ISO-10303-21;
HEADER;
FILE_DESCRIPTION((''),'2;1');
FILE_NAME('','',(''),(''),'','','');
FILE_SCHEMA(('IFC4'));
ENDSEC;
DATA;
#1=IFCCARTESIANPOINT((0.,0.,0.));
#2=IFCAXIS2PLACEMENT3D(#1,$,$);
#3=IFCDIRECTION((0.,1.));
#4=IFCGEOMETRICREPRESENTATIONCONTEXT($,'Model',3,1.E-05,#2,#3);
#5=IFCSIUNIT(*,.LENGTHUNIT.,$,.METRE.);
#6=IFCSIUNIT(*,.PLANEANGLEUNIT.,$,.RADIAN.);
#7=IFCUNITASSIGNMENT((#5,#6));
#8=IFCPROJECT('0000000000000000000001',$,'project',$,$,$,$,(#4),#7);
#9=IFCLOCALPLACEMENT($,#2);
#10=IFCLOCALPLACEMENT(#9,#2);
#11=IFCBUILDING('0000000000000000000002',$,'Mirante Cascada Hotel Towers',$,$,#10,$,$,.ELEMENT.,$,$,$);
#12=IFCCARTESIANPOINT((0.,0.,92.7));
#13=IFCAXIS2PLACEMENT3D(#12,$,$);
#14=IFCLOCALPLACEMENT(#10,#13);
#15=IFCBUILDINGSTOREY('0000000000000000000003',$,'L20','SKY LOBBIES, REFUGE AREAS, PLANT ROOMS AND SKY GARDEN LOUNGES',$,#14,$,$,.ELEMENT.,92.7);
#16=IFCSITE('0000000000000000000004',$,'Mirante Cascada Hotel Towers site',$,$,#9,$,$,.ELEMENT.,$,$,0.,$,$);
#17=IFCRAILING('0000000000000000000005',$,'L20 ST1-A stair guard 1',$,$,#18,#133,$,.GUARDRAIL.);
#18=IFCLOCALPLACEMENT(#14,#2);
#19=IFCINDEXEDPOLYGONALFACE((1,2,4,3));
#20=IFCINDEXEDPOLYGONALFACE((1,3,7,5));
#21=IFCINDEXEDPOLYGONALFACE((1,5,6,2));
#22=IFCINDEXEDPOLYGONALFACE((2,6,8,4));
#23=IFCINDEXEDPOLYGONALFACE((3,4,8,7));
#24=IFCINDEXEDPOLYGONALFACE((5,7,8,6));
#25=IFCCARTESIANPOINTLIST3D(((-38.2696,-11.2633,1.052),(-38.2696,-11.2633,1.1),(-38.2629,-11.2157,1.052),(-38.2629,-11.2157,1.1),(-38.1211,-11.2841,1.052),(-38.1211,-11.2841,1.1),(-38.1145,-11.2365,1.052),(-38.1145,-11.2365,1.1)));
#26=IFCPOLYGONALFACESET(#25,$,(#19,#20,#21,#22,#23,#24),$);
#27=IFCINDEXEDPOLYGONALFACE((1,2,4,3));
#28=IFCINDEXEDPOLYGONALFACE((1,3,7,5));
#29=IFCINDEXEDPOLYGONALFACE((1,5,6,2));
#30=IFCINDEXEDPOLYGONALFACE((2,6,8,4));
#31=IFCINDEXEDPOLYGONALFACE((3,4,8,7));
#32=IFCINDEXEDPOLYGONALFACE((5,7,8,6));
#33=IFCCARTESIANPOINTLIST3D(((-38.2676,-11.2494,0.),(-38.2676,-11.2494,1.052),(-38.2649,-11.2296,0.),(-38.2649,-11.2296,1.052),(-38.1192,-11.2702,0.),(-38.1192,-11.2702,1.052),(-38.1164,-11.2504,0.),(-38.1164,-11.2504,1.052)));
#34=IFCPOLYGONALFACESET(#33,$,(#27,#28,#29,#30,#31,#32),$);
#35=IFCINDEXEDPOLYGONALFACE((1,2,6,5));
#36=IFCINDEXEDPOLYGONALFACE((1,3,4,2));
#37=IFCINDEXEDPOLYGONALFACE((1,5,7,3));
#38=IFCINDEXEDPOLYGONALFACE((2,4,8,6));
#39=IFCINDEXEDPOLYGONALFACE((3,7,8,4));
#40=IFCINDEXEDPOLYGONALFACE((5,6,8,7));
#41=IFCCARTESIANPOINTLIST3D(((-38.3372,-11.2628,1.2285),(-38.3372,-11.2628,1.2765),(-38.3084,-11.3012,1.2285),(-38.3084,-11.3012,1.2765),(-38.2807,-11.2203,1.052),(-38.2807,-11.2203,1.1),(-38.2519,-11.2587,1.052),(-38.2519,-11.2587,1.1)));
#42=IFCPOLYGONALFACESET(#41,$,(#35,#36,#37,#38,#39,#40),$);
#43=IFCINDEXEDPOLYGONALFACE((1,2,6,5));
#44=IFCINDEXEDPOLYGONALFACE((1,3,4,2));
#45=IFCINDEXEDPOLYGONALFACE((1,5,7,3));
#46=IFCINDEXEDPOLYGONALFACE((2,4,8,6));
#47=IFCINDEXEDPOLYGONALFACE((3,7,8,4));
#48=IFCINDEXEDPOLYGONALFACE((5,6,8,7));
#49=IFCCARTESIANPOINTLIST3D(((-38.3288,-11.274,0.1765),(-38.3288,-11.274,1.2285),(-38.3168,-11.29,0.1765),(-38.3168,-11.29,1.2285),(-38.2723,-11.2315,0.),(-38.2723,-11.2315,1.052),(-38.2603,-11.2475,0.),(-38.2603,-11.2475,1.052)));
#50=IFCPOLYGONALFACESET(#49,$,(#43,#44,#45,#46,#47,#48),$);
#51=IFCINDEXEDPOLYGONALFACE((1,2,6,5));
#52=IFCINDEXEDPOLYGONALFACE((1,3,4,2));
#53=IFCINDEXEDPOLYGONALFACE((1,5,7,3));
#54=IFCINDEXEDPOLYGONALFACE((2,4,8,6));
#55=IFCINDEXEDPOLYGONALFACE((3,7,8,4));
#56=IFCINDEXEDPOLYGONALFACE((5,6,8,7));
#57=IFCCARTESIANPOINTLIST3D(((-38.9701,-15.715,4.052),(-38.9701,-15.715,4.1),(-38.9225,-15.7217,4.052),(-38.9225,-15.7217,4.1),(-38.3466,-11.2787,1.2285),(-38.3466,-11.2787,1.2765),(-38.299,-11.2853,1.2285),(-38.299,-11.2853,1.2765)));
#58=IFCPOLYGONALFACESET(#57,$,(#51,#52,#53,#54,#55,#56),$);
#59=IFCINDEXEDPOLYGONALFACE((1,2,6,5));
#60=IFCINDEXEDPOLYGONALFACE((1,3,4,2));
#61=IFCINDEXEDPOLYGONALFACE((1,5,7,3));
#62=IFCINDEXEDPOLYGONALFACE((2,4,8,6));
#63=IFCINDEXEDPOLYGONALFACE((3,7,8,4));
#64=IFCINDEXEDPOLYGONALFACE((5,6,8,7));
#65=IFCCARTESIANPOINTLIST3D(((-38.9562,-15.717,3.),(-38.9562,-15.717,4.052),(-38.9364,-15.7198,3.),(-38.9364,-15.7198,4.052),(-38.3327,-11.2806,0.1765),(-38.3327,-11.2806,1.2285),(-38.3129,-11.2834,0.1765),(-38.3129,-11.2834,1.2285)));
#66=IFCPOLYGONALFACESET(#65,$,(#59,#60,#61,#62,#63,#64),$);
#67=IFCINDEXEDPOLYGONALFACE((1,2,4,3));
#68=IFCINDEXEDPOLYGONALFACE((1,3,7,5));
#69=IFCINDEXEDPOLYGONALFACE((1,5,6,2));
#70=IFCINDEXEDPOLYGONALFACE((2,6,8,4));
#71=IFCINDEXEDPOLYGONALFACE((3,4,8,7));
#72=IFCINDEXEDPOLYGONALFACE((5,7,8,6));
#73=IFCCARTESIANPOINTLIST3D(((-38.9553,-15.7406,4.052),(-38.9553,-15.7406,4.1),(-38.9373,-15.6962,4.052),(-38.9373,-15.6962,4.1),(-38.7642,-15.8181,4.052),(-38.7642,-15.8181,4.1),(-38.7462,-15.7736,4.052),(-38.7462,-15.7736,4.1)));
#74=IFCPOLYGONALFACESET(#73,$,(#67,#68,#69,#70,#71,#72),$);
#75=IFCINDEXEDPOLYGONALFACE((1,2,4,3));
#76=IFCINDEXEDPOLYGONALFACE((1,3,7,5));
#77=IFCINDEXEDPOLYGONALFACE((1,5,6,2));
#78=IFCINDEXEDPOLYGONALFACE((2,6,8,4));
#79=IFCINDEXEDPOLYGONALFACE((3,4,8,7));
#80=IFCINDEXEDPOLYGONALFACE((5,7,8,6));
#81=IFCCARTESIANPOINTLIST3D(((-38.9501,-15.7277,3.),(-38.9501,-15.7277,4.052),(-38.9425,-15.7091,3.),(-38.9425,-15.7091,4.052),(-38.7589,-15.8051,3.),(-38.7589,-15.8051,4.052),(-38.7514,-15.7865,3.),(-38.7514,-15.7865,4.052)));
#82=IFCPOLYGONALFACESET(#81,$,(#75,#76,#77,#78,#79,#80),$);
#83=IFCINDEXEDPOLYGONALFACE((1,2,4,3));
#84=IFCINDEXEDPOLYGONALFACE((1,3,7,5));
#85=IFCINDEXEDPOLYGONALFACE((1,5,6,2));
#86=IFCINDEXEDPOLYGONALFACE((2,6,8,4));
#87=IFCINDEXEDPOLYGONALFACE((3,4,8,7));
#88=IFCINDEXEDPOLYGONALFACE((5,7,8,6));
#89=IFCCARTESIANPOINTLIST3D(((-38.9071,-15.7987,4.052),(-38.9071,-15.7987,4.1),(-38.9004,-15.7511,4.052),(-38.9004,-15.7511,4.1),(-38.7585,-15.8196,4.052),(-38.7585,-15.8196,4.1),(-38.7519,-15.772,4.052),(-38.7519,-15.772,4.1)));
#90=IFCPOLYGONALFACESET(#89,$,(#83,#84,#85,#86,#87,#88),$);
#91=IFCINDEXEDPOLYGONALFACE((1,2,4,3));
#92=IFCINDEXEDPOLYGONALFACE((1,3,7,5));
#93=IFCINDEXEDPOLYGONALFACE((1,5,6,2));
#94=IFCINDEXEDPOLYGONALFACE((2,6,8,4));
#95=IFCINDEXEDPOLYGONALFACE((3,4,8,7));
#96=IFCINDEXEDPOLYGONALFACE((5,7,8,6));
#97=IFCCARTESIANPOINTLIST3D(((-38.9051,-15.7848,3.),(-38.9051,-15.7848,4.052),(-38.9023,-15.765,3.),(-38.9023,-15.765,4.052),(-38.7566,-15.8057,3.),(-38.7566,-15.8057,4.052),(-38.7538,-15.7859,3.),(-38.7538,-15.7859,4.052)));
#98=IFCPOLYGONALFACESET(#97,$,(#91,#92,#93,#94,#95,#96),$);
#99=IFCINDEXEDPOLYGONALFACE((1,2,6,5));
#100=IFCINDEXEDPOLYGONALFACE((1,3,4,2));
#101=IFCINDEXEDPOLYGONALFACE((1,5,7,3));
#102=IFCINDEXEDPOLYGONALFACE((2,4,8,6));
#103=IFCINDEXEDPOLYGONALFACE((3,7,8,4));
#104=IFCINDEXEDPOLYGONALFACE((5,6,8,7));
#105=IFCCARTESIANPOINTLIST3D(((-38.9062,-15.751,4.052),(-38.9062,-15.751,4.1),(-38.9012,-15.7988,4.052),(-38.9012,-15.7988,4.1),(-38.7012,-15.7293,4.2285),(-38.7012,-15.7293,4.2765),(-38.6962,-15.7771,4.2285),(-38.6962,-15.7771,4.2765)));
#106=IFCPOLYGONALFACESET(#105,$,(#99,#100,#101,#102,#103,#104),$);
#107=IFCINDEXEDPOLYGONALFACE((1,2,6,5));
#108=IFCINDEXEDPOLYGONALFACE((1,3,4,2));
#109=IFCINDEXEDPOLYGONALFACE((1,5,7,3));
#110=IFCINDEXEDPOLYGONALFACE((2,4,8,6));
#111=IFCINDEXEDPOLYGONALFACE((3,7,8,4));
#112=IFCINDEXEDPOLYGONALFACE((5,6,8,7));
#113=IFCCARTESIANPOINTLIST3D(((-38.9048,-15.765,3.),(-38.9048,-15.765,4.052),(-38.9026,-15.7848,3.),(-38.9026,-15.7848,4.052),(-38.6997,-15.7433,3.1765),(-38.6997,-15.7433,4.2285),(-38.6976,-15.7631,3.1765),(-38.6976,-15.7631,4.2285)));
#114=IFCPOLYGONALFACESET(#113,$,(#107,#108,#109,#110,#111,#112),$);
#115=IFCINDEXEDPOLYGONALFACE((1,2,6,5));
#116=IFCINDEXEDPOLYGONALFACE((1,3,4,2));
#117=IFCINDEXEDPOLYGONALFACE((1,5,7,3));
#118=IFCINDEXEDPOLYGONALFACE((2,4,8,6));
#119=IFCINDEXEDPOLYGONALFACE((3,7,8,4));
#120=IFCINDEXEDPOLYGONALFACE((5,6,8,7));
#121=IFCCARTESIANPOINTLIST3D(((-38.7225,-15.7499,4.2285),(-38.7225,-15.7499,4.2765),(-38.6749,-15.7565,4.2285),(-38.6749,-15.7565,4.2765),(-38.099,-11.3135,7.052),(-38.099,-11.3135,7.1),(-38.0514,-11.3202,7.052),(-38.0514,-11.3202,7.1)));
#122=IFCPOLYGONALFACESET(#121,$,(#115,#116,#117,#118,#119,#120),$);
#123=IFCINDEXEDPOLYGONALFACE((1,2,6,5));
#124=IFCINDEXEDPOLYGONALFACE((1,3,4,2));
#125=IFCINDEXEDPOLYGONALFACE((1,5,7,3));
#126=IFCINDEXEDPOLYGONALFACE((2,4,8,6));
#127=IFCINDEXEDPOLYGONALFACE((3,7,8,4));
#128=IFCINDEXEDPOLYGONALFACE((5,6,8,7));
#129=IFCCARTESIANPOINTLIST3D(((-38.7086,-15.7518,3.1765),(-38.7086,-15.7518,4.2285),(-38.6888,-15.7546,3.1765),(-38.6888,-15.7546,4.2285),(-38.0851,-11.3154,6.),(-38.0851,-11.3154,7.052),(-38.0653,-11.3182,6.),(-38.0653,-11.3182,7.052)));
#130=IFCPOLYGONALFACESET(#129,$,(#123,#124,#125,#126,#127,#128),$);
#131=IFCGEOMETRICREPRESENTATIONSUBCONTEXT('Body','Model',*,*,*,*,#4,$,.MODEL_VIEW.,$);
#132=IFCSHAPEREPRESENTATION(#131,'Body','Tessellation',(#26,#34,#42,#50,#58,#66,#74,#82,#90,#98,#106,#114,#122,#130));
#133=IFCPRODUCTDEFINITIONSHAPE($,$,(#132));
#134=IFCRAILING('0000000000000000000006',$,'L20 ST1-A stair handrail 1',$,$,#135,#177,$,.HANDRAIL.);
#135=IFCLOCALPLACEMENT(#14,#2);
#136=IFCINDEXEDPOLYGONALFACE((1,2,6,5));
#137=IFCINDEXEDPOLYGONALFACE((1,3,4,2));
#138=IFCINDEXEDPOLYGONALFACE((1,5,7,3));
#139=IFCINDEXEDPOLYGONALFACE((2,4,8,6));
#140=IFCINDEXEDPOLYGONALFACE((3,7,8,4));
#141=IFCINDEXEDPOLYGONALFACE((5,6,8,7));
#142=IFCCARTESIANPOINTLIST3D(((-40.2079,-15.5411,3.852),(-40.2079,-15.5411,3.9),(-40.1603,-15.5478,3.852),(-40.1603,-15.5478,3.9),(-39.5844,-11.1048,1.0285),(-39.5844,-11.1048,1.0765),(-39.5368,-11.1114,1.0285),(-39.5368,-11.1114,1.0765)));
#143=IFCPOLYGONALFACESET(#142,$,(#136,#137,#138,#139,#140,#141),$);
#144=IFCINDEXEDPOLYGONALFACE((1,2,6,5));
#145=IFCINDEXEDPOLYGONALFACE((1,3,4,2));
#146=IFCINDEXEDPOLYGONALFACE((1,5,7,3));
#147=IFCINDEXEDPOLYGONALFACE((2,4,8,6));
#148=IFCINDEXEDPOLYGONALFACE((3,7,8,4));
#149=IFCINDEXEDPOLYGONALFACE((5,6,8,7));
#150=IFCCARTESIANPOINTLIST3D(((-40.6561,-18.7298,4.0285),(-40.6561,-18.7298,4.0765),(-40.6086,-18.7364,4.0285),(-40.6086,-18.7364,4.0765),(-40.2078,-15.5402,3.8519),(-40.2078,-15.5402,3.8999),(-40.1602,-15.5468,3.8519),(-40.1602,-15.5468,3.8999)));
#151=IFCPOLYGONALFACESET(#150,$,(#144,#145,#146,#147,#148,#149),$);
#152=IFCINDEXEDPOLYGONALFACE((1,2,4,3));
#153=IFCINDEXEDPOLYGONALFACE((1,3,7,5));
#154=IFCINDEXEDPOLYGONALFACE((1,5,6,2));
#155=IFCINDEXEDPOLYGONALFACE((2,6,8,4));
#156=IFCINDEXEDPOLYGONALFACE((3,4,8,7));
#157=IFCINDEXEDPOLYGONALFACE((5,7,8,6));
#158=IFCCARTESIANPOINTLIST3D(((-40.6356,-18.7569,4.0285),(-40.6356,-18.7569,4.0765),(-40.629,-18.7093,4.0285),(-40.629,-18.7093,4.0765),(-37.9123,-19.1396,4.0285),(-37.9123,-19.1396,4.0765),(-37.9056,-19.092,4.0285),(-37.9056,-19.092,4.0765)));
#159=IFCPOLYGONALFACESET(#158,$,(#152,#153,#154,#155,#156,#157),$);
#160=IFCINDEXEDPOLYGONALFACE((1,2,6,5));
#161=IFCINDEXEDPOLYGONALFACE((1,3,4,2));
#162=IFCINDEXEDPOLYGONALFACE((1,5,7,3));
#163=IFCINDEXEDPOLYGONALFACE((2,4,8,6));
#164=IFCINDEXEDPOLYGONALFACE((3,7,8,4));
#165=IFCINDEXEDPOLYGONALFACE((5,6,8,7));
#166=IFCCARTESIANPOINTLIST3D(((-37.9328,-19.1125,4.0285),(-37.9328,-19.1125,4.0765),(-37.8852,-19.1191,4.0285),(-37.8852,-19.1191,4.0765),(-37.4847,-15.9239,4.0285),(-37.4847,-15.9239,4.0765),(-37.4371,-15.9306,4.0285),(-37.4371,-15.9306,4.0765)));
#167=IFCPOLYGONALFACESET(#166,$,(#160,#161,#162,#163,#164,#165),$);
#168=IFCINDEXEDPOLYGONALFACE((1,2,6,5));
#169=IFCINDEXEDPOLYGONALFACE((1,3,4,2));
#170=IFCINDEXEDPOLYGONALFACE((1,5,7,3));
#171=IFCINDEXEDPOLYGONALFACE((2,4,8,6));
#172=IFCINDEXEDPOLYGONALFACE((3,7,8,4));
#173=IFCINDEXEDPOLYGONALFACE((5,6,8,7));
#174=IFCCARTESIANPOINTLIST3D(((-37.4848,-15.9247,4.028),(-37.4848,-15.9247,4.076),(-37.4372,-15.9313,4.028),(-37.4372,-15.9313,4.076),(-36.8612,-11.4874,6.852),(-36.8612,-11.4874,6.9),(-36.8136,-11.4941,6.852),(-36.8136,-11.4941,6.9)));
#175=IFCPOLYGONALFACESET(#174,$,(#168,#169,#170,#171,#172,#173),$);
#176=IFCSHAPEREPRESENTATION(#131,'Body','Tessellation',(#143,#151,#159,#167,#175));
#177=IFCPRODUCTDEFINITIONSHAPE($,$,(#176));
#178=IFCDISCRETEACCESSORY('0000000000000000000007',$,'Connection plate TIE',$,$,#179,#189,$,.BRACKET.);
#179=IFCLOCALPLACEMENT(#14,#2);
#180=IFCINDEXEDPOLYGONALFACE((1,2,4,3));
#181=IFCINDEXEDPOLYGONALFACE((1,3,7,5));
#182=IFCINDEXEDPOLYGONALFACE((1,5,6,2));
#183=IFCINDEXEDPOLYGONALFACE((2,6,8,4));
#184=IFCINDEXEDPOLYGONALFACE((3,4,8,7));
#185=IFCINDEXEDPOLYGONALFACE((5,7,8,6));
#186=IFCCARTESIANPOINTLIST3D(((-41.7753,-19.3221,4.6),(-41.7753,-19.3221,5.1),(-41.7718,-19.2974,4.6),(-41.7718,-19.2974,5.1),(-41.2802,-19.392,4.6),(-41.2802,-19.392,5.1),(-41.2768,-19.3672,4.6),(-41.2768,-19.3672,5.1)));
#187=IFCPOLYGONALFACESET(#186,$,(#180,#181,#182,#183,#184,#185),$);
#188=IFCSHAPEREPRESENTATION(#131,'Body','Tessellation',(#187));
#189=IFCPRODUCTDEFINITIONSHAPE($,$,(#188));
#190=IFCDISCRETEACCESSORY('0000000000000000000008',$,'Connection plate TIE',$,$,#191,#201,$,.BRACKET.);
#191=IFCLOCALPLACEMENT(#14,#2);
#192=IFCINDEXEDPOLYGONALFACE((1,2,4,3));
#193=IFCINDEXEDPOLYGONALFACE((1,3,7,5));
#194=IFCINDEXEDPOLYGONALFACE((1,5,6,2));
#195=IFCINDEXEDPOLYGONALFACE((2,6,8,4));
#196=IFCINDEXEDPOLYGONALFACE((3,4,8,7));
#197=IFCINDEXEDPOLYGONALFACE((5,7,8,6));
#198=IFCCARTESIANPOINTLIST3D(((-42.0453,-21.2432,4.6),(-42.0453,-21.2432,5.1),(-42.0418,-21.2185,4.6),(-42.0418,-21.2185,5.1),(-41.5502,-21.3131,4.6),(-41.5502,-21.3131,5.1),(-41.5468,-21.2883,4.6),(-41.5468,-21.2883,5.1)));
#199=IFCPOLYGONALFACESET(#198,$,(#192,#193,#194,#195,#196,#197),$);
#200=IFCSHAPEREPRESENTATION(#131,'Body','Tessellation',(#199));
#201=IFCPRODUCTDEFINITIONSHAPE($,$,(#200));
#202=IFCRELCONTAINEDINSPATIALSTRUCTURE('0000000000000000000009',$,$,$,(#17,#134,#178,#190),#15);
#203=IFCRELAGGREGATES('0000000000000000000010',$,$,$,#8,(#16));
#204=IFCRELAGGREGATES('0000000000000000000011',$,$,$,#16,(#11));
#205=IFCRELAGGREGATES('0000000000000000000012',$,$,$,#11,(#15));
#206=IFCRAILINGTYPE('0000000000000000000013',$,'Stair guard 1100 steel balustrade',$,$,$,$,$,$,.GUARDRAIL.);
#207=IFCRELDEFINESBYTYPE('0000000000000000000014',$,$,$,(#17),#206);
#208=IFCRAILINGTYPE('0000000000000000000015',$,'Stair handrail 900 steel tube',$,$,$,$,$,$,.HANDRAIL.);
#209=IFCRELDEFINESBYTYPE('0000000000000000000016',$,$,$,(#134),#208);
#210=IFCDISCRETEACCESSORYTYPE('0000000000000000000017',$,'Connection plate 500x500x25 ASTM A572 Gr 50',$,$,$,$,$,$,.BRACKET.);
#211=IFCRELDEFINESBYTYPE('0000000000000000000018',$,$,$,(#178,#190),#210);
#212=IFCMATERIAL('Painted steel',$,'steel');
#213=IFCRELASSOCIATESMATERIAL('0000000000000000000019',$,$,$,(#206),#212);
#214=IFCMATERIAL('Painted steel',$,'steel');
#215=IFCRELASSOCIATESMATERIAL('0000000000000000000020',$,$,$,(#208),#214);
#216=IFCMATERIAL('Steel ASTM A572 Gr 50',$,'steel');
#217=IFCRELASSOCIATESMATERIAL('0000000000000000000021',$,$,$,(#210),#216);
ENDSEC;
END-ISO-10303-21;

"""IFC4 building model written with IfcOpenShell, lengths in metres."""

from ifc_helpers import new_model, si_unit, direction, frame, origin, origin_2d, place, context, subcontext, project, spatial, rectangle, extrude, material, material_profile, profile_set, type_object, element, save


model = new_model("IFC4")

# Units and contexts
model_context = context("Model", 3, precision=1e-05, world=origin(), true_north=direction((0.0, 1.0)))
body_context = subcontext(model_context, "Body", "Model", "MODEL_VIEW")
ifc_project = project(units=[si_unit("LENGTHUNIT", "METRE"), si_unit("PLANEANGLEUNIT", "RADIAN")], contexts=[model_context])

# Site, building, storey
site_placement = place(None, origin())
site = spatial("IfcSite", under=ifc_project, at=site_placement, Name="Mirante Cascada Hotel Towers site", CompositionType="ELEMENT", RefElevation=0.0)
building_placement = place(site_placement, origin())
building = spatial("IfcBuilding", under=site, at=building_placement, Name="Mirante Cascada Hotel Towers", CompositionType="ELEMENT")
storey_placement = place(building_placement, frame((0.0, 0.0, 92.7)))
storey = spatial("IfcBuildingStorey", under=building, at=storey_placement, Name="L20", Description="SKY LOBBIES, REFUGE AREAS, PLANT ROOMS AND SKY GARDEN LOUNGES", CompositionType="ELEMENT", Elevation=92.7)

# Railings
ifc_material_1 = material(Name="Painted steel", Category="steel")
railing_type_1 = type_object("IfcRailingType", Name="Stair guard 1100 steel balustrade", PredefinedType="GUARDRAIL", material=ifc_material_1)
railing_1_placement = place(storey_placement, frame((-38.1178, -11.2603, 0.0)))
element("IfcRailing", 1, at=railing_1_placement, inside=storey, type_object=railing_type_1, Name="L20 ST1-A stair guard 1", PredefinedType="GUARDRAIL", context=body_context, shape_type="SweptSolid", body=[
    extrude(rectangle(XDim=0.048, YDim=0.048, at=origin_2d()), frame((0.0, 0.0, 1.076), z_axis=(-0.990333, 0.138713, 0.0), x_axis=(-0.138713, -0.990333, 0.0)), (0.0, 0.0, 1.0), 0.1499),
    extrude(rectangle(XDim=0.02, YDim=1.052, at=origin_2d()), frame((0.0, 0.0, 0.526), z_axis=(-0.990333, 0.138713, 0.0), x_axis=(-0.138713, -0.990333, 0.0)), (0.0, 0.0, 1.0), 0.1499),
    extrude(rectangle(XDim=0.048, YDim=0.048, at=origin_2d()), frame((-0.1485, 0.0208, 1.076), z_axis=(-0.79915, -0.601131, 0.0), x_axis=(0.601131, -0.79915, 0.0)), (0.0, 0.928295, 0.371844), 0.1901),
    extrude(rectangle(XDim=0.02, YDim=1.052, at=origin_2d()), frame((-0.1485, 0.0208, 0.526), z_axis=(-0.79915, -0.601131, 0.0), x_axis=(0.601131, -0.79915, 0.0)), (0.0, 0.928295, 0.371844), 0.1901),
    extrude(rectangle(XDim=0.048, YDim=0.048, at=origin_2d()), frame((-0.205, -0.0217, 1.2525), z_axis=(-0.139174, -0.990268, 0.0), x_axis=(0.990268, -0.139174, 0.0)), (0.0, 0.533186, 0.845998), 5.2955),
    extrude(rectangle(XDim=0.02, YDim=1.052, at=origin_2d()), frame((-0.205, -0.0217, 0.7025), z_axis=(-0.139174, -0.990268, 0.0), x_axis=(0.990268, -0.139174, 0.0)), (0.0, 0.533186, 0.845998), 5.2955),
    extrude(rectangle(XDim=0.048, YDim=0.048, at=origin_2d()), frame((-0.8285, -4.4581, 4.076), z_axis=(0.926862, -0.375401, 0.0), x_axis=(0.375401, 0.926862, 0.0)), (0.0, 0.0, 1.0), 0.2062),
    extrude(rectangle(XDim=0.02, YDim=1.052, at=origin_2d()), frame((-0.8285, -4.4581, 3.526), z_axis=(0.926862, -0.375401, 0.0), x_axis=(0.375401, 0.926862, 0.0)), (0.0, 0.0, 1.0), 0.2062),
    extrude(rectangle(XDim=0.048, YDim=0.048, at=origin_2d()), frame((-0.6374, -4.5355, 4.076), z_axis=(-0.990241, 0.139367, 0.0), x_axis=(-0.139367, -0.990241, 0.0)), (0.0, 0.0, 1.0), 0.15),
    extrude(rectangle(XDim=0.02, YDim=1.052, at=origin_2d()), frame((-0.6374, -4.5355, 3.526), z_axis=(-0.990241, 0.139367, 0.0), x_axis=(-0.139367, -0.990241, 0.0)), (0.0, 0.0, 1.0), 0.15),
    extrude(rectangle(XDim=0.048, YDim=0.048, at=origin_2d()), frame((-0.7859, -4.5146, 4.076), z_axis=(0.994444, 0.105266, 0.0), x_axis=(-0.105266, 0.994444, 0.0)), (0.0, 0.650375, 0.759613), 0.2714),
    extrude(rectangle(XDim=0.02, YDim=1.052, at=origin_2d()), frame((-0.7859, -4.5146, 3.526), z_axis=(0.994444, 0.105266, 0.0), x_axis=(-0.105266, 0.994444, 0.0)), (0.0, 0.650375, 0.759613), 0.2714),
    extrude(rectangle(XDim=0.048, YDim=0.048, at=origin_2d()), frame((-0.5809, -4.4929, 4.2525), z_axis=(0.139174, 0.990268, 0.0), x_axis=(-0.990268, 0.139174, 0.0)), (0.0, 0.533186, 0.845998), 5.2955),
    extrude(rectangle(XDim=0.02, YDim=1.052, at=origin_2d()), frame((-0.5809, -4.4929, 3.7025), z_axis=(0.139174, 0.990268, 0.0), x_axis=(-0.990268, 0.139174, 0.0)), (0.0, 0.533186, 0.845998), 5.2955),
])
ifc_material_2 = material(Name="Painted steel", Category="steel")
railing_type_2 = type_object("IfcRailingType", Name="Stair handrail 900 steel tube", PredefinedType="HANDRAIL", material=ifc_material_2)
railing_2_placement = place(storey_placement, frame((-39.5606, -11.1081, 0.1765)))
element("IfcRailing", 2, at=railing_2_placement, inside=storey, type_object=railing_type_2, Name="L20 ST1-A stair handrail 1", PredefinedType="HANDRAIL", context=body_context, shape_type="SweptSolid", body=[
    extrude(rectangle(XDim=0.048, YDim=0.048, at=origin_2d()), frame((0.0, 0.0, 0.876), z_axis=(-0.139174, -0.990268, 0.0), x_axis=(0.990268, -0.139174, 0.0)), (0.0, 0.533186, 0.845998), 5.2955),
    extrude(rectangle(XDim=0.048, YDim=0.048, at=origin_2d()), frame((-0.6234, -4.4354, 3.6994), z_axis=(-0.139195, -0.990265, 0.0), x_axis=(0.990265, -0.139195, 0.0)), (0.0, 0.054732, 0.998501), 3.2258),
    extrude(rectangle(XDim=0.048, YDim=0.048, at=origin_2d()), frame((-1.0717, -7.625, 3.876), z_axis=(0.99027, -0.139161, 0.0), x_axis=(0.139161, 0.99027, 0.0)), (0.0, 0.0, 1.0), 2.7501),
    extrude(rectangle(XDim=0.048, YDim=0.048, at=origin_2d()), frame((1.6516, -8.0077, 3.876), z_axis=(0.139164, 0.990269, 0.0), x_axis=(-0.990269, 0.139164, 0.0)), (0.0, 0.0, 1.0), 3.2199),
    extrude(rectangle(XDim=0.048, YDim=0.048, at=origin_2d()), frame((2.0996, -4.8199, 3.8755), z_axis=(0.139174, 0.990268, 0.0), x_axis=(-0.990268, 0.139174, 0.0)), (0.0, 0.533186, 0.845998), 5.2965),
])

# Discrete accessories
ifc_material_3 = material(Name="Steel ASTM A572 Gr 50", Category="steel")
ifc_material_profile_1 = material_profile(ifc_material_3, rectangle(XDim=0.5, YDim=0.5, at=origin_2d()), Name="Connection plate 500x500x25 ASTM A572 Gr 50")
ifc_profile_set_1 = profile_set([ifc_material_profile_1], Name="Steel ASTM A572 Gr 50")
discrete_accessory_type = type_object("IfcDiscreteAccessoryType", Name="Connection plate 500x500x25 ASTM A572 Gr 50", PredefinedType="BRACKET", material=ifc_profile_set_1)
for number, where, z_axis, x_axis, name in (
    (3, (-41.5243, -19.3323, 4.85), (-0.139744, -0.990188, 0.0), (0.990188, -0.139744, 0.0), "Connection plate TIE"),
    (4, (-41.7943, -21.2534, 4.85), (-0.139744, -0.990188, 0.0), (0.990188, -0.139744, 0.0), "Connection plate TIE"),
):
    element("IfcDiscreteAccessory", number, at=place(storey_placement, frame(where, z_axis=z_axis, x_axis=x_axis)), inside=storey, type_object=discrete_accessory_type, Name=name, PredefinedType="BRACKET", context=body_context, shape_type="SweptSolid", body=[
        extrude(rectangle(XDim=0.5, YDim=0.5, at=origin_2d()), origin(), (0.0, 0.0, 1.0), 0.025),
    ])

save(model, "model.ifc")
